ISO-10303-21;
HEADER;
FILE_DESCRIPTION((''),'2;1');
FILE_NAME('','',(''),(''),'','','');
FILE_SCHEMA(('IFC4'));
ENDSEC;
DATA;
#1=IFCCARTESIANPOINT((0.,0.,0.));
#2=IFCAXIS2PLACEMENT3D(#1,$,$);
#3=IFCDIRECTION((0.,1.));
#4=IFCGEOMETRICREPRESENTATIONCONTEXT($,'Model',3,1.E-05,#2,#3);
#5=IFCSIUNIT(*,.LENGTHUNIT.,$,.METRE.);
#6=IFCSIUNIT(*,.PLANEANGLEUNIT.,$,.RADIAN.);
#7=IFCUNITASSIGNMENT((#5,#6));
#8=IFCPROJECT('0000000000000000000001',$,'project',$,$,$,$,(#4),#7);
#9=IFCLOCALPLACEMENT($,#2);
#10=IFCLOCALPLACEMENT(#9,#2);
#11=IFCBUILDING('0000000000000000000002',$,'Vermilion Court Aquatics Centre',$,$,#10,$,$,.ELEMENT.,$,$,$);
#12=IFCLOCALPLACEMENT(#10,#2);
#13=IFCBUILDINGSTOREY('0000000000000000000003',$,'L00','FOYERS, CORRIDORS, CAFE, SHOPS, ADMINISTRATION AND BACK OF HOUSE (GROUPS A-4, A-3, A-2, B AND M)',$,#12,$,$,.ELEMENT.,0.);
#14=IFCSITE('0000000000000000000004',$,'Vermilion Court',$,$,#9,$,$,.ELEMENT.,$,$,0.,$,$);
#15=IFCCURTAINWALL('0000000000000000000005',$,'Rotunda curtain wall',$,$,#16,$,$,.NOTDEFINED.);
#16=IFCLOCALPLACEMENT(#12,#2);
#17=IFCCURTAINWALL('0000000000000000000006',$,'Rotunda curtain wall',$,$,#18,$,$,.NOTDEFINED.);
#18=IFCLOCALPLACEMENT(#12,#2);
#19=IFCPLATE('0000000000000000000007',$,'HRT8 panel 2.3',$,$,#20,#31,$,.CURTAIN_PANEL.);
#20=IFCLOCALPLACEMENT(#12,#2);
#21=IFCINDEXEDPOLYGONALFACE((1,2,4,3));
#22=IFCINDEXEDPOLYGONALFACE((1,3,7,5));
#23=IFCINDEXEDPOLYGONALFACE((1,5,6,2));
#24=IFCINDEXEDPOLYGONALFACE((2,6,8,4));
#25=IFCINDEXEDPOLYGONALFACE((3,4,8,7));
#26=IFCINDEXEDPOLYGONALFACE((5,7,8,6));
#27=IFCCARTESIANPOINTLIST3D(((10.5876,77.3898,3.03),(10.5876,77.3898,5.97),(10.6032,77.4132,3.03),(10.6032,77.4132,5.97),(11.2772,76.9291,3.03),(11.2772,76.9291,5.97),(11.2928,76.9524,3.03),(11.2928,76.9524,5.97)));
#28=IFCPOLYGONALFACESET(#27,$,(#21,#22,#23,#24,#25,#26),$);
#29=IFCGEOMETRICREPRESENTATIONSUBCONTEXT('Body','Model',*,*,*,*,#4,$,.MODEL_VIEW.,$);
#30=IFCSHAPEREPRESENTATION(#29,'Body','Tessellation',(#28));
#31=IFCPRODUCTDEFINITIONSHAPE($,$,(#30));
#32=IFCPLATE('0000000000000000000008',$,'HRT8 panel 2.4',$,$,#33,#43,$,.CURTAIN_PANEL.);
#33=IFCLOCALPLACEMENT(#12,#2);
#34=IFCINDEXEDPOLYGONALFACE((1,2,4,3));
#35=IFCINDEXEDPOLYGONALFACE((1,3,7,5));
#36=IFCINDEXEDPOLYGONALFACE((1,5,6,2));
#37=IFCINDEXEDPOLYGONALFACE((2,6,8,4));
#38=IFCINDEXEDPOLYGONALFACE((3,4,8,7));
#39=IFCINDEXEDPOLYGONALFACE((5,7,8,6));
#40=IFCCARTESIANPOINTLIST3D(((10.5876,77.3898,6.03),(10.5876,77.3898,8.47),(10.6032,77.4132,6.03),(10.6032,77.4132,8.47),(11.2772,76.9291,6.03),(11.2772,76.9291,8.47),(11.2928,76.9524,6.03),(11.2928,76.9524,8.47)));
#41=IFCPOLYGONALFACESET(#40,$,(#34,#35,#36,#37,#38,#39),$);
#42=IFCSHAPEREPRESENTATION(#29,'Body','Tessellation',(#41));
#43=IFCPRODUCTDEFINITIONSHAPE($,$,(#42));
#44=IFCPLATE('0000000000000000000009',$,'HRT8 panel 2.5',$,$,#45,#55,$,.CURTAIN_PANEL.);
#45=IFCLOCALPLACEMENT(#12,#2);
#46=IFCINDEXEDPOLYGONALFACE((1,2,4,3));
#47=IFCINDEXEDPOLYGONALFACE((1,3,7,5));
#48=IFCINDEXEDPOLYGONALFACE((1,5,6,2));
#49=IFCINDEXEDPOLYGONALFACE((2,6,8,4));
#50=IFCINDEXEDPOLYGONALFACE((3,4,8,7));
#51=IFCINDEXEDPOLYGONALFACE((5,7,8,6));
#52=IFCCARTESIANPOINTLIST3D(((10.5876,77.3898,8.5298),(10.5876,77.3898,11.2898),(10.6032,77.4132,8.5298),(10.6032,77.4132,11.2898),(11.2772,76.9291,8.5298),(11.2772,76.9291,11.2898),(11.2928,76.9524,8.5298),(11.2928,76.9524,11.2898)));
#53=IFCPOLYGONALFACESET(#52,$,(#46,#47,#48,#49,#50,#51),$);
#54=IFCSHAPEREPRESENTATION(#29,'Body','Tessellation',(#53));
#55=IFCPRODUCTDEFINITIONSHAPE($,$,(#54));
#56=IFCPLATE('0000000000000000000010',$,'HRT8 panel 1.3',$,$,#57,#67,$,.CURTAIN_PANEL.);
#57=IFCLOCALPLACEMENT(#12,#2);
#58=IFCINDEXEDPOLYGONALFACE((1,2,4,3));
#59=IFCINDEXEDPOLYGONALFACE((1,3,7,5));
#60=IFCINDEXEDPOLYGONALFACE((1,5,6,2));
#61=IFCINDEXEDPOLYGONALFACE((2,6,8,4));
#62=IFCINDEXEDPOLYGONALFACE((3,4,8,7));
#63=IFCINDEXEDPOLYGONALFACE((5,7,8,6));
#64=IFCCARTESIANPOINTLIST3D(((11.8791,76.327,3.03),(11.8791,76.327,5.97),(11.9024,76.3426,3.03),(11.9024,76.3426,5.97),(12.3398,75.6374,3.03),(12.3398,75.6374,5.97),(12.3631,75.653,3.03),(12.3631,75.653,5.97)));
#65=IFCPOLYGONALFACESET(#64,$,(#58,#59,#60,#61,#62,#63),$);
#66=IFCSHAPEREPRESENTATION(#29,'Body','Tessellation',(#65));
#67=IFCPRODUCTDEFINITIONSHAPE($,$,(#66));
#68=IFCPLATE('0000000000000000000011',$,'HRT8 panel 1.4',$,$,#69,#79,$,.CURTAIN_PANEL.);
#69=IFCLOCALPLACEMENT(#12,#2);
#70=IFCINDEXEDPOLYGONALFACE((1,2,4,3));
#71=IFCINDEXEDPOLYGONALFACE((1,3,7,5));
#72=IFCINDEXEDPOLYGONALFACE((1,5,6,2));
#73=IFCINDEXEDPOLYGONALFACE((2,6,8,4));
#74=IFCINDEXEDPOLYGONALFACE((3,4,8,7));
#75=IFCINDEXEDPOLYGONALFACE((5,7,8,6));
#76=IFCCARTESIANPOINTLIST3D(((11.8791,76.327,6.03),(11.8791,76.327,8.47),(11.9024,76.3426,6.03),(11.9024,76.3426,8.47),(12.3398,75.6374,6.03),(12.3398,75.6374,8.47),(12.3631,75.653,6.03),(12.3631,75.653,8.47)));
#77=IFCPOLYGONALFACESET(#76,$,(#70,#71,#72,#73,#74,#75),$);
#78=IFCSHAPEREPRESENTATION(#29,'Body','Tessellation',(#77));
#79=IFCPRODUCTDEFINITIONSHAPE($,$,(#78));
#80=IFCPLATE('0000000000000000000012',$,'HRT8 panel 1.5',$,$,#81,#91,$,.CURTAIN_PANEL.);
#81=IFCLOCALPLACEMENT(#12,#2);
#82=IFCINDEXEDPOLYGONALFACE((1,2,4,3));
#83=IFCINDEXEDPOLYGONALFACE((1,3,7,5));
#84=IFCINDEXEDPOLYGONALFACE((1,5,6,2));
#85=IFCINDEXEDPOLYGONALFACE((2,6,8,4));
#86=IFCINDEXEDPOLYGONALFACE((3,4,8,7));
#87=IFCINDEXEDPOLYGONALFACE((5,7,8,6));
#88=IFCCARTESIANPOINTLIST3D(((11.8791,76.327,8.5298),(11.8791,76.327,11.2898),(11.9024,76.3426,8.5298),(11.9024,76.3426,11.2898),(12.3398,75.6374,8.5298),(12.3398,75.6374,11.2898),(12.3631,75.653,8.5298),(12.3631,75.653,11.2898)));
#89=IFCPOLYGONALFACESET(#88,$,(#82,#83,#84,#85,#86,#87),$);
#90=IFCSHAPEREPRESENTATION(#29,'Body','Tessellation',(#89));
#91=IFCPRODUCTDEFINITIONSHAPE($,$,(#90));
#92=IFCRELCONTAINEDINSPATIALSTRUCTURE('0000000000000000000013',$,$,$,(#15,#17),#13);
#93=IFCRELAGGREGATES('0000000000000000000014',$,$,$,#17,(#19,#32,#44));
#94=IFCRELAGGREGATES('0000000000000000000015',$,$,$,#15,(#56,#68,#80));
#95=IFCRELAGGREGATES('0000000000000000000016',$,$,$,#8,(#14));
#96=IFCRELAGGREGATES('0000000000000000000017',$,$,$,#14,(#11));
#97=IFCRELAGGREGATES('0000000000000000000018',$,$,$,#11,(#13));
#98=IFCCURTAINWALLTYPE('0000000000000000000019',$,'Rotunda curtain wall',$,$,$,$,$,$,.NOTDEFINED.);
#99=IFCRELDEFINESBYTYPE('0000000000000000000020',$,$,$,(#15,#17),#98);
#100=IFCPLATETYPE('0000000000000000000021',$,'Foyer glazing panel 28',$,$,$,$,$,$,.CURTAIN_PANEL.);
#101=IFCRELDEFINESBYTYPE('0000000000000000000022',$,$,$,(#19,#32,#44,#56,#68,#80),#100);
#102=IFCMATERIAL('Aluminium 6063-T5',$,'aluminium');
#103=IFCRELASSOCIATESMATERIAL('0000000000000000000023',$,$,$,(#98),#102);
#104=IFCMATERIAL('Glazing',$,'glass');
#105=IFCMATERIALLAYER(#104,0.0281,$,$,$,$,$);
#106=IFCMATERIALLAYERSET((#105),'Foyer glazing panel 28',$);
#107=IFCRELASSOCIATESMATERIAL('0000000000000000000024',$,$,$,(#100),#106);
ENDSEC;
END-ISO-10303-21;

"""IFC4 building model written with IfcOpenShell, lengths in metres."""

from ifc_helpers import new_model, si_unit, direction, frame, origin, origin_2d, place, context, subcontext, project, spatial, rectangle, extrude, material, layer, layer_set, type_object, element, aggregate, save


model = new_model("IFC4")

# Units and contexts
model_context = context("Model", 3, precision=1e-05, world=origin(), true_north=direction((0.0, 1.0)))
body_context = subcontext(model_context, "Body", "Model", "MODEL_VIEW")
ifc_project = project(units=[si_unit("LENGTHUNIT", "METRE"), si_unit("PLANEANGLEUNIT", "RADIAN")], contexts=[model_context])

# Site, building, storey
site_placement = place(None, origin())
site = spatial("IfcSite", under=ifc_project, at=site_placement, Name="Vermilion Court", CompositionType="ELEMENT", RefElevation=0.0)
building_placement = place(site_placement, origin())
building = spatial("IfcBuilding", under=site, at=building_placement, Name="Vermilion Court Aquatics Centre", CompositionType="ELEMENT")
storey_placement = place(building_placement, origin())
storey = spatial("IfcBuildingStorey", under=building, at=storey_placement, Name="L00", Description="FOYERS, CORRIDORS, CAFE, SHOPS, ADMINISTRATION AND BACK OF HOUSE (GROUPS A-4, A-3, A-2, B AND M)", CompositionType="ELEMENT", Elevation=0.0)

# Curtain wall
ifc_material_1 = material(Name="Aluminium 6063-T5", Category="aluminium")
curtain_wall_type = type_object("IfcCurtainWallType", Name="Rotunda curtain wall", PredefinedType="NOTDEFINED", material=ifc_material_1)
curtain_wall_1_placement = place(storey_placement, origin())
curtain_wall_1 = element("IfcCurtainWall", 1, at=curtain_wall_1_placement, inside=storey, type_object=curtain_wall_type, Name="Rotunda curtain wall", PredefinedType="NOTDEFINED")

# Shared definitions
ifc_material_2 = material(Name="Glazing", Category="glass")
ifc_layer = layer(ifc_material_2, 0.0281)
ifc_layer_set = layer_set([ifc_layer], Name="Foyer glazing panel 28")
plate_type = type_object("IfcPlateType", Name="Foyer glazing panel 28", PredefinedType="CURTAIN_PANEL", material=ifc_layer_set)

# Curtain wall, plates
curtain_wall_2_placement = place(storey_placement, origin())
curtain_wall_2 = element("IfcCurtainWall", 2, at=curtain_wall_2_placement, inside=storey, type_object=curtain_wall_type, Name="Rotunda curtain wall", PredefinedType="NOTDEFINED")
plate_1_placement = place(storey_placement, frame((10.9402, 77.1711, 3.03), z_axis=(0.0, 0.0, 1.0), x_axis=(0.831489, -0.555541, 0.0)))
plate_1 = element("IfcPlate", 3, at=plate_1_placement, type_object=plate_type, Name="HRT8 panel 2.3", PredefinedType="CURTAIN_PANEL", context=body_context, shape_type="SweptSolid", body=[
    extrude(rectangle(XDim=0.8293, YDim=0.0281, at=origin_2d()), origin(), (0.0, 0.0, 1.0), 2.9399),
])
plate_2_placement = place(storey_placement, frame((10.9402, 77.1711, 6.03), z_axis=(0.0, 0.0, 1.0), x_axis=(0.831489, -0.555541, 0.0)))
plate_2 = element("IfcPlate", 4, at=plate_2_placement, type_object=plate_type, Name="HRT8 panel 2.4", PredefinedType="CURTAIN_PANEL", context=body_context, shape_type="SweptSolid", body=[
    extrude(rectangle(XDim=0.8293, YDim=0.0281, at=origin_2d()), origin(), (0.0, 0.0, 1.0), 2.4399),
])
plate_3_placement = place(storey_placement, frame((10.9402, 77.1711, 8.5298), z_axis=(0.0, 0.0, 1.0), x_axis=(0.831489, -0.555541, 0.0)))
plate_3 = element("IfcPlate", 5, at=plate_3_placement, type_object=plate_type, Name="HRT8 panel 2.5", PredefinedType="CURTAIN_PANEL", context=body_context, shape_type="SweptSolid", body=[
    extrude(rectangle(XDim=0.8293, YDim=0.0281, at=origin_2d()), origin(), (0.0, 0.0, 1.0), 2.76),
])
aggregate(curtain_wall_2, [plate_1, plate_2, plate_3])

# Plates
plate_4_placement = place(storey_placement, frame((12.1211, 75.99, 3.03), z_axis=(0.0, 0.0, 1.0), x_axis=(0.555541, -0.831489, 0.0)))
plate_4 = element("IfcPlate", 6, at=plate_4_placement, type_object=plate_type, Name="HRT8 panel 1.3", PredefinedType="CURTAIN_PANEL", context=body_context, shape_type="SweptSolid", body=[
    extrude(rectangle(XDim=0.8293, YDim=0.0281, at=origin_2d()), origin(), (0.0, 0.0, 1.0), 2.9399),
])
plate_5_placement = place(storey_placement, frame((12.1211, 75.99, 6.03), z_axis=(0.0, 0.0, 1.0), x_axis=(0.555541, -0.831489, 0.0)))
plate_5 = element("IfcPlate", 7, at=plate_5_placement, type_object=plate_type, Name="HRT8 panel 1.4", PredefinedType="CURTAIN_PANEL", context=body_context, shape_type="SweptSolid", body=[
    extrude(rectangle(XDim=0.8293, YDim=0.0281, at=origin_2d()), origin(), (0.0, 0.0, 1.0), 2.4399),
])
plate_6_placement = place(storey_placement, frame((12.1211, 75.99, 8.5298), z_axis=(0.0, 0.0, 1.0), x_axis=(0.555541, -0.831489, 0.0)))
plate_6 = element("IfcPlate", 8, at=plate_6_placement, type_object=plate_type, Name="HRT8 panel 1.5", PredefinedType="CURTAIN_PANEL", context=body_context, shape_type="SweptSolid", body=[
    extrude(rectangle(XDim=0.8293, YDim=0.0281, at=origin_2d()), origin(), (0.0, 0.0, 1.0), 2.76),
])
aggregate(curtain_wall_1, [plate_4, plate_5, plate_6])

save(model, "model.ifc")
